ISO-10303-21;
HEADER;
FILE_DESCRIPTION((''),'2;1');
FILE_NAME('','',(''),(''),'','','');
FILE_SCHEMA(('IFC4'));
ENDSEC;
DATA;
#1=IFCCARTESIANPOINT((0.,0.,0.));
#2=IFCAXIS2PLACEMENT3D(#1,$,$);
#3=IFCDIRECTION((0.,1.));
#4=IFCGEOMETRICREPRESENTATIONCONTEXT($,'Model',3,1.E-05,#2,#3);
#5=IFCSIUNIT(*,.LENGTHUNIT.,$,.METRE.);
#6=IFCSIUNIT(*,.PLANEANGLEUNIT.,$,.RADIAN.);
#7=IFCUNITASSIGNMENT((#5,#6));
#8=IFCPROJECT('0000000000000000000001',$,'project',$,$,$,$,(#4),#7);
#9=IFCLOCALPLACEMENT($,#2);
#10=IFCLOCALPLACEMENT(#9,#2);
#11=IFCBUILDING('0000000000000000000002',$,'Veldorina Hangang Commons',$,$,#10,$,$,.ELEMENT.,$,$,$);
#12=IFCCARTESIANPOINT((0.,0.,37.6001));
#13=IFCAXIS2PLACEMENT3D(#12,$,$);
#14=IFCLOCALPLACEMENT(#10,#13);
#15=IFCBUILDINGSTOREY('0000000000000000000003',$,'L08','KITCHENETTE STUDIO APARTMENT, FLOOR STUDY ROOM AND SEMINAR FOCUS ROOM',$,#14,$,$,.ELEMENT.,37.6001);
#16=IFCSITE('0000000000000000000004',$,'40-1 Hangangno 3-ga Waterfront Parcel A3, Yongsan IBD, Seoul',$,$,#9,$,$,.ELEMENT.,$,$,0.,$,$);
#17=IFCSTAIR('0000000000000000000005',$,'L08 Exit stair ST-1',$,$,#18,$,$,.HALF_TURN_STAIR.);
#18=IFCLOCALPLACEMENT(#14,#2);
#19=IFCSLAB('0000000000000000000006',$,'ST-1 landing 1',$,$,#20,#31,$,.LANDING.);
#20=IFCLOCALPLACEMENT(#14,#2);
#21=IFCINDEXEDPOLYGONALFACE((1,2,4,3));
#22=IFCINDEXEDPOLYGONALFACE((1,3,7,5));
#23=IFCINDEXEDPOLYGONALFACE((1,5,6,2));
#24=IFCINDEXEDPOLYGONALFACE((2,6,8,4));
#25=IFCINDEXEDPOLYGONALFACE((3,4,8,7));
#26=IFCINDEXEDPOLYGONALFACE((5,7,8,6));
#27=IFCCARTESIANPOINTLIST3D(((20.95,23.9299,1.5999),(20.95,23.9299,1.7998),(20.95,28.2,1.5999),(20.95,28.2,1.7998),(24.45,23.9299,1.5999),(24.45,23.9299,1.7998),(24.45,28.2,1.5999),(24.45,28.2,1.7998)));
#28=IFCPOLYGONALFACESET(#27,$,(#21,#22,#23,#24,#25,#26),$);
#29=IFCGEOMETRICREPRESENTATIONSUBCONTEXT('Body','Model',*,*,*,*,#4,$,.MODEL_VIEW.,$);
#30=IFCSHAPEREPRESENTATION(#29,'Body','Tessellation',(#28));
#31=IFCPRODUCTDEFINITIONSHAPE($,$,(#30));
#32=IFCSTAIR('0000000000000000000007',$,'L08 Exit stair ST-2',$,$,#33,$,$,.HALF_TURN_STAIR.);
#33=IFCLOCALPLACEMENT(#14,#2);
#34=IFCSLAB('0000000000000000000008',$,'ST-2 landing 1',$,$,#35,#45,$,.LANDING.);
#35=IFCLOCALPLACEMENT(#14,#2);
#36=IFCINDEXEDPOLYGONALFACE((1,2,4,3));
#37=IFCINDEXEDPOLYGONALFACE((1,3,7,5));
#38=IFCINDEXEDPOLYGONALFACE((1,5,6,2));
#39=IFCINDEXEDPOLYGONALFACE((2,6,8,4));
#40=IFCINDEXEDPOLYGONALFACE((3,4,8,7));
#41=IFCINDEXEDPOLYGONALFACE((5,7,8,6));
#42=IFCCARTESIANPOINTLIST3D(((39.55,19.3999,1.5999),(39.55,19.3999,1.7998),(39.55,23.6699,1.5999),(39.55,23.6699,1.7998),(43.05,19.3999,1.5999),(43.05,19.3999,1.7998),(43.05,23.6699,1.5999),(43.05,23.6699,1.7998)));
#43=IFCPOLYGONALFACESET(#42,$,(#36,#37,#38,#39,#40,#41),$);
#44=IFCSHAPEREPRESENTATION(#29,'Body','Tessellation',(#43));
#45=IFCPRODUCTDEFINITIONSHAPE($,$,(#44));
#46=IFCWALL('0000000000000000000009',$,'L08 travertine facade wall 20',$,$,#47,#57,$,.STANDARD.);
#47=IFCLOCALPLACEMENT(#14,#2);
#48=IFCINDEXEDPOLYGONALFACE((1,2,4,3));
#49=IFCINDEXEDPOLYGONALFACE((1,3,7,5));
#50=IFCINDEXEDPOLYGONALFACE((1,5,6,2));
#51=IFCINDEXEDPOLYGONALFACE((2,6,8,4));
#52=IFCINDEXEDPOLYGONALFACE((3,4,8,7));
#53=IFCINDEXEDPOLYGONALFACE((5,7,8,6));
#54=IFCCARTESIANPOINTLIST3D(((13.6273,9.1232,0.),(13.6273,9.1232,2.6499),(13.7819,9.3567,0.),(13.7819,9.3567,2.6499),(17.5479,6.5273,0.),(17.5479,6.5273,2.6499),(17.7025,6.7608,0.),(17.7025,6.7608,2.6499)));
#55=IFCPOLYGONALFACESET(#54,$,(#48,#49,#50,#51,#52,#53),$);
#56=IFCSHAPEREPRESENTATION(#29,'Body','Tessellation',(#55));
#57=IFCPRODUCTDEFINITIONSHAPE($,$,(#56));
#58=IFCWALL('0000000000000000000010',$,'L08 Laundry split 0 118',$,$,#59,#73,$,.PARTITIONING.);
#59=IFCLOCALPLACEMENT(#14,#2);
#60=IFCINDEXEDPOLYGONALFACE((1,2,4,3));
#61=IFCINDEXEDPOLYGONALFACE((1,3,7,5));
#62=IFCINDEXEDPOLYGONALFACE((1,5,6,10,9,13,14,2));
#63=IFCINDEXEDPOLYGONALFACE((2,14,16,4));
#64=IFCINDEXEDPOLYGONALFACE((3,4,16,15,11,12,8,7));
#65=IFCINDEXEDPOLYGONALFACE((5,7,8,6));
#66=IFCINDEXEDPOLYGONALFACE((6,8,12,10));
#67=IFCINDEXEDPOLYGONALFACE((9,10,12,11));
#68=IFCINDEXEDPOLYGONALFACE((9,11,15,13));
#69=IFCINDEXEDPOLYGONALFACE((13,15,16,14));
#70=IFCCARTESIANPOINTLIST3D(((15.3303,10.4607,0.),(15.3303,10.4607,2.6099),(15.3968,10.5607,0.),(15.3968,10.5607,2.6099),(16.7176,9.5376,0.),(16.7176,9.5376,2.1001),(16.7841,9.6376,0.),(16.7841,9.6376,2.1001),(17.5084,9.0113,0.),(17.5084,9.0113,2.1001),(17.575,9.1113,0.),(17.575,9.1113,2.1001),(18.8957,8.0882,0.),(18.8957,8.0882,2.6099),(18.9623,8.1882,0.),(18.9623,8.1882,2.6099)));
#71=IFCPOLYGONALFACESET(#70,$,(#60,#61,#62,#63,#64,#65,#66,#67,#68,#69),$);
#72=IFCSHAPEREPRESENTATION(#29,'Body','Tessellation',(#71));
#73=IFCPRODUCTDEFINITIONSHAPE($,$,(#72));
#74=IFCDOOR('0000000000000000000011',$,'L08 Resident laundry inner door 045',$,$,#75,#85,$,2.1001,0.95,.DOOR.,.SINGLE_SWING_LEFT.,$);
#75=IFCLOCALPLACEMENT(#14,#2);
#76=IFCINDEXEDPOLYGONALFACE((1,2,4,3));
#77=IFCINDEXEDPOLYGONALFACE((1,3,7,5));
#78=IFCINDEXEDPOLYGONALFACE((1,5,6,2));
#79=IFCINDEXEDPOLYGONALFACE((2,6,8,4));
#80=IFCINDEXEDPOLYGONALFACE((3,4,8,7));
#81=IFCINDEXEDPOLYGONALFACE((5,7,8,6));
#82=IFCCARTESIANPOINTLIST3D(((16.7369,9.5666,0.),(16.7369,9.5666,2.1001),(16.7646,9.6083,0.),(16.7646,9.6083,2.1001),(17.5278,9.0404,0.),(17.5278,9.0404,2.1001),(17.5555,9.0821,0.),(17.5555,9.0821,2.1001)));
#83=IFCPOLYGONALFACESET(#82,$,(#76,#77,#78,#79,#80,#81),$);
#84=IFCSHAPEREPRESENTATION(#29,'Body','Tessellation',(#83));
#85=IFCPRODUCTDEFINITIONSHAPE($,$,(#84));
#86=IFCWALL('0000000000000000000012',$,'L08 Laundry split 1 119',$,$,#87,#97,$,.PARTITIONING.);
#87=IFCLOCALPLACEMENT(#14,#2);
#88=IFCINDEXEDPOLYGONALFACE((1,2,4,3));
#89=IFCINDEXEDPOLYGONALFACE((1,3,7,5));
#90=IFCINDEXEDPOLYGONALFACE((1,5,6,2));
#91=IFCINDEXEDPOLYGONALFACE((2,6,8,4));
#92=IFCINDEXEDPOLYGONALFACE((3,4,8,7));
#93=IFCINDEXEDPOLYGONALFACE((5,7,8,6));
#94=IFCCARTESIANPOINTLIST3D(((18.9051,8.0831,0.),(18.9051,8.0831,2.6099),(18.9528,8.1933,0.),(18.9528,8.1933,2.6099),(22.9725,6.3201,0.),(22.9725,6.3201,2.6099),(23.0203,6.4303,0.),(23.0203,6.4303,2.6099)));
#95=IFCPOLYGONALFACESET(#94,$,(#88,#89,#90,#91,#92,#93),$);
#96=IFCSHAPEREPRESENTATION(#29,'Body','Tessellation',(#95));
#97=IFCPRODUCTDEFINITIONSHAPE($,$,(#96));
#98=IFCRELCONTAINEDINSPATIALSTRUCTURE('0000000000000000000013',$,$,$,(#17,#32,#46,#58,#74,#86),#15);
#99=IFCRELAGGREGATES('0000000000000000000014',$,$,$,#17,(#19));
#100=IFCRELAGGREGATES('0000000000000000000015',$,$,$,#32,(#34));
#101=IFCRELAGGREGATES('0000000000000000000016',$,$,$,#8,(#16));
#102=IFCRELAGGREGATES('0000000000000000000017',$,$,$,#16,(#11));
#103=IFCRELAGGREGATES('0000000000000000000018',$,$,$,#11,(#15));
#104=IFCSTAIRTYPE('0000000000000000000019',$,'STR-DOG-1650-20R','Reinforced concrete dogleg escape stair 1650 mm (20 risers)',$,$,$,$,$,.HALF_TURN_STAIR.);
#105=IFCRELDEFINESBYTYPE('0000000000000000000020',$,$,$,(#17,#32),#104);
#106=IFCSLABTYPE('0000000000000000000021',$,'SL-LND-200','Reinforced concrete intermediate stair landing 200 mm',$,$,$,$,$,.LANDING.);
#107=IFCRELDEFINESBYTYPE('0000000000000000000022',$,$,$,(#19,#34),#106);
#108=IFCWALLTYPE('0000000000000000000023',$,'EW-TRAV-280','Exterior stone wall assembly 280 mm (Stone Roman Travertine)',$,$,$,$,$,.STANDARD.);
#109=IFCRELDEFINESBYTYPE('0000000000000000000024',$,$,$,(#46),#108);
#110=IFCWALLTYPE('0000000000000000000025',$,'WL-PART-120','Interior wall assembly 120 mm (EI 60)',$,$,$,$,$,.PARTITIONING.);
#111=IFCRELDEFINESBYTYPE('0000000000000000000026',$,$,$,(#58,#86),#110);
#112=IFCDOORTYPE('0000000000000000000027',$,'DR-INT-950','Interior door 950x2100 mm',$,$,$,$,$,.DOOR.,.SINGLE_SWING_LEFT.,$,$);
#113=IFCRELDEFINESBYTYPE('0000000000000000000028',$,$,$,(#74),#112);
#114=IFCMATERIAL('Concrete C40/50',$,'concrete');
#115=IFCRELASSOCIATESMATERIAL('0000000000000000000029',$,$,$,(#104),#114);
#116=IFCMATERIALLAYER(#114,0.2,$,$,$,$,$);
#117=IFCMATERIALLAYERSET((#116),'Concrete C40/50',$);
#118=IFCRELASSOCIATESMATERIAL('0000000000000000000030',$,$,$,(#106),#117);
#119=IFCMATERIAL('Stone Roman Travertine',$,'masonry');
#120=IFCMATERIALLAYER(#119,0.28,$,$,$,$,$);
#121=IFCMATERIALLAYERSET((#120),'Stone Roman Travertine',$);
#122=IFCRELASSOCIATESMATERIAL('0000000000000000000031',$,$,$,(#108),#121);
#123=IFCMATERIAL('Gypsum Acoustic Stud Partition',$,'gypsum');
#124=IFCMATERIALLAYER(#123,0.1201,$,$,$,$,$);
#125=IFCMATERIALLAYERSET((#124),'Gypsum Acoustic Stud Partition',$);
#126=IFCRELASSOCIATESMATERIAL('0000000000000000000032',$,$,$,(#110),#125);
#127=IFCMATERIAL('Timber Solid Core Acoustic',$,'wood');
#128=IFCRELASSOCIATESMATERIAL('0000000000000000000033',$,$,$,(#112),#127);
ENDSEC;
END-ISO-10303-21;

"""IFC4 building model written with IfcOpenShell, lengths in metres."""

from ifc_helpers import new_model, si_unit, direction, frame, frame_2d, origin, place, context, subcontext, project, spatial, polyline, rectangle, outline, extrude, material, layer, layer_set, type_object, element, fill, aggregate, save


model = new_model("IFC4")

# Units and contexts
model_context = context("Model", 3, precision=1e-05, world=origin(), true_north=direction((0.0, 1.0)))
body_context = subcontext(model_context, "Body", "Model", "MODEL_VIEW")
ifc_project = project(units=[si_unit("LENGTHUNIT", "METRE"), si_unit("PLANEANGLEUNIT", "RADIAN")], contexts=[model_context])

# Site, building, storey
site_placement = place(None, origin())
site = spatial("IfcSite", under=ifc_project, at=site_placement, Name="40-1 Hangangno 3-ga Waterfront Parcel A3, Yongsan IBD, Seoul", CompositionType="ELEMENT", RefElevation=0.0)
building_placement = place(site_placement, origin())
building = spatial("IfcBuilding", under=site, at=building_placement, Name="Veldorina Hangang Commons", CompositionType="ELEMENT")
storey_placement = place(building_placement, frame((0.0, 0.0, 37.6001)))
storey = spatial("IfcBuildingStorey", under=building, at=storey_placement, Name="L08", Description="KITCHENETTE STUDIO APARTMENT, FLOOR STUDY ROOM AND SEMINAR FOCUS ROOM", CompositionType="ELEMENT", Elevation=37.6001)

# Shared definitions
ifc_material_1 = material(Name="Stone Roman Travertine", Category="masonry")

# Shared definitions
ifc_material_2 = material(Name="Concrete C40/50", Category="concrete")

# Stairs, slabs
stair_type = type_object("IfcStairType", Name="STR-DOG-1650-20R", Description="Reinforced concrete dogleg escape stair 1650 mm (20 risers)", PredefinedType="HALF_TURN_STAIR", material=ifc_material_2)
stair_1_placement = place(storey_placement, origin())
stair_1 = element("IfcStair", 1, at=stair_1_placement, inside=storey, type_object=stair_type, Name="L08 Exit stair ST-1", PredefinedType="HALF_TURN_STAIR")
ifc_layer_1 = layer(ifc_material_2, 0.2)
ifc_layer_set_1 = layer_set([ifc_layer_1], Name="Concrete C40/50")
slab_type_1 = type_object("IfcSlabType", Name="SL-LND-200", Description="Reinforced concrete intermediate stair landing 200 mm", PredefinedType="LANDING", material=ifc_layer_set_1)
slab_1_placement = place(storey_placement, frame((0.0, 0.0, 1.5999)))
slab_1 = element("IfcSlab", 2, at=slab_1_placement, type_object=slab_type_1, Name="ST-1 landing 1", PredefinedType="LANDING", context=body_context, shape_type="SweptSolid", body=[
    extrude(outline(polyline([(24.45, 23.9299), (24.45, 28.2), (20.95, 28.2), (20.95, 23.9299), (24.45, 23.9299)])), origin(), (0.0, 0.0, 1.0), 0.2),
])
aggregate(stair_1, [slab_1])
stair_2_placement = place(storey_placement, origin())
stair_2 = element("IfcStair", 3, at=stair_2_placement, inside=storey, type_object=stair_type, Name="L08 Exit stair ST-2", PredefinedType="HALF_TURN_STAIR")
slab_2_placement = place(storey_placement, frame((0.0, 0.0, 1.5999)))
slab_2 = element("IfcSlab", 4, at=slab_2_placement, type_object=slab_type_1, Name="ST-2 landing 1", PredefinedType="LANDING", context=body_context, shape_type="SweptSolid", body=[
    extrude(outline(polyline([(39.55, 23.6699), (39.55, 19.3999), (43.05, 19.3999), (43.05, 23.6699), (39.55, 23.6699)])), origin(), (0.0, 0.0, 1.0), 0.2),
])
aggregate(stair_2, [slab_2])

# Wall
ifc_layer_2 = layer(ifc_material_1, 0.28)
ifc_layer_set_2 = layer_set([ifc_layer_2], Name="Stone Roman Travertine")
wall_type_1 = type_object("IfcWallType", Name="EW-TRAV-280", Description="Exterior stone wall assembly 280 mm (Stone Roman Travertine)", PredefinedType="STANDARD", material=ifc_layer_set_2)
wall_1_placement = place(storey_placement, frame((13.7046, 9.24, 0.0), z_axis=(0.0, 0.0, 1.0), x_axis=(0.833795, -0.552073, 0.0)))
element("IfcWall", 5, at=wall_1_placement, inside=storey, type_object=wall_type_1, Name="L08 travertine facade wall 20", PredefinedType="STANDARD", context=body_context, shape_type="SweptSolid", body=[
    extrude(rectangle(XDim=4.7021, YDim=0.28, at=frame_2d((2.3511, 0.0))), origin(), (0.0, 0.0, 1.0), 2.6499),
])

# Wall, opening, door
ifc_material_3 = material(Name="Gypsum Acoustic Stud Partition", Category="gypsum")
ifc_layer_3 = layer(ifc_material_3, 0.1201)
ifc_layer_set_3 = layer_set([ifc_layer_3], Name="Gypsum Acoustic Stud Partition")
wall_type_2 = type_object("IfcWallType", Name="WL-PART-120", Description="Interior wall assembly 120 mm (EI 60)", PredefinedType="PARTITIONING", material=ifc_layer_set_3)
wall_2_placement = place(storey_placement, frame((15.3635, 10.5107, 0.0), z_axis=(0.0, 0.0, 1.0), x_axis=(0.832524, -0.55399, 0.0)))
wall_2 = element("IfcWall", 6, at=wall_2_placement, inside=storey, type_object=wall_type_2, Name="L08 Laundry split 0 118", PredefinedType="PARTITIONING", context=body_context, shape_type="SweptSolid", body=[
    extrude(rectangle(XDim=4.2827, YDim=0.1201, at=frame_2d((2.1414, 0.0))), origin(), (0.0, 0.0, 1.0), 2.6099),
])
opening_1_placement = place(wall_2_placement, frame((1.6663, 0.0, 0.0)))
opening_1 = element("IfcOpeningElement", 7, at=opening_1_placement, cuts=wall_2, PredefinedType="OPENING", context=body_context, shape_type="SweptSolid", body=[
    extrude(rectangle(XDim=0.95, YDim=2.1001, at=frame_2d((0.4751, 1.05))), frame((0.0, 0.0701, 0.0), z_axis=(0.0, -1.0, 0.0), x_axis=(1.0, 0.0, 0.0)), (0.0, 0.0, 1.0), 0.1401),
])
ifc_material_4 = material(Name="Timber Solid Core Acoustic", Category="wood")
door_type_1 = type_object("IfcDoorType", Name="DR-INT-950", Description="Interior door 950x2100 mm", OperationType="SINGLE_SWING_LEFT", PredefinedType="DOOR", material=ifc_material_4)
door_1_placement = place(opening_1_placement, origin())
door_1 = element("IfcDoor", 8, at=door_1_placement, inside=storey, type_object=door_type_1, Name="L08 Resident laundry inner door 045", OperationType="SINGLE_SWING_LEFT", OverallHeight=2.1001, OverallWidth=0.95, PredefinedType="DOOR", context=body_context, shape_type="SweptSolid", body=[
    extrude(rectangle(XDim=0.95, YDim=2.1001, at=frame_2d((0.4751, 1.05))), frame((0.0, 0.0249, 0.0), z_axis=(0.0, -1.0, 0.0), x_axis=(1.0, 0.0, 0.0)), (0.0, 0.0, 1.0), 0.05),
])
fill(opening_1, door_1)

# Wall
wall_3_placement = place(storey_placement, frame((18.929, 8.1382, 0.0), z_axis=(0.0, 0.0, 1.0), x_axis=(0.917522, -0.397685, 0.0)))
element("IfcWall", 9, at=wall_3_placement, inside=storey, type_object=wall_type_2, Name="L08 Laundry split 1 119", PredefinedType="PARTITIONING", context=body_context, shape_type="SweptSolid", body=[
    extrude(rectangle(XDim=4.4331, YDim=0.1201, at=frame_2d((2.2166, 0.0))), origin(), (0.0, 0.0, 1.0), 2.6099),
])

save(model, "model.ifc")
